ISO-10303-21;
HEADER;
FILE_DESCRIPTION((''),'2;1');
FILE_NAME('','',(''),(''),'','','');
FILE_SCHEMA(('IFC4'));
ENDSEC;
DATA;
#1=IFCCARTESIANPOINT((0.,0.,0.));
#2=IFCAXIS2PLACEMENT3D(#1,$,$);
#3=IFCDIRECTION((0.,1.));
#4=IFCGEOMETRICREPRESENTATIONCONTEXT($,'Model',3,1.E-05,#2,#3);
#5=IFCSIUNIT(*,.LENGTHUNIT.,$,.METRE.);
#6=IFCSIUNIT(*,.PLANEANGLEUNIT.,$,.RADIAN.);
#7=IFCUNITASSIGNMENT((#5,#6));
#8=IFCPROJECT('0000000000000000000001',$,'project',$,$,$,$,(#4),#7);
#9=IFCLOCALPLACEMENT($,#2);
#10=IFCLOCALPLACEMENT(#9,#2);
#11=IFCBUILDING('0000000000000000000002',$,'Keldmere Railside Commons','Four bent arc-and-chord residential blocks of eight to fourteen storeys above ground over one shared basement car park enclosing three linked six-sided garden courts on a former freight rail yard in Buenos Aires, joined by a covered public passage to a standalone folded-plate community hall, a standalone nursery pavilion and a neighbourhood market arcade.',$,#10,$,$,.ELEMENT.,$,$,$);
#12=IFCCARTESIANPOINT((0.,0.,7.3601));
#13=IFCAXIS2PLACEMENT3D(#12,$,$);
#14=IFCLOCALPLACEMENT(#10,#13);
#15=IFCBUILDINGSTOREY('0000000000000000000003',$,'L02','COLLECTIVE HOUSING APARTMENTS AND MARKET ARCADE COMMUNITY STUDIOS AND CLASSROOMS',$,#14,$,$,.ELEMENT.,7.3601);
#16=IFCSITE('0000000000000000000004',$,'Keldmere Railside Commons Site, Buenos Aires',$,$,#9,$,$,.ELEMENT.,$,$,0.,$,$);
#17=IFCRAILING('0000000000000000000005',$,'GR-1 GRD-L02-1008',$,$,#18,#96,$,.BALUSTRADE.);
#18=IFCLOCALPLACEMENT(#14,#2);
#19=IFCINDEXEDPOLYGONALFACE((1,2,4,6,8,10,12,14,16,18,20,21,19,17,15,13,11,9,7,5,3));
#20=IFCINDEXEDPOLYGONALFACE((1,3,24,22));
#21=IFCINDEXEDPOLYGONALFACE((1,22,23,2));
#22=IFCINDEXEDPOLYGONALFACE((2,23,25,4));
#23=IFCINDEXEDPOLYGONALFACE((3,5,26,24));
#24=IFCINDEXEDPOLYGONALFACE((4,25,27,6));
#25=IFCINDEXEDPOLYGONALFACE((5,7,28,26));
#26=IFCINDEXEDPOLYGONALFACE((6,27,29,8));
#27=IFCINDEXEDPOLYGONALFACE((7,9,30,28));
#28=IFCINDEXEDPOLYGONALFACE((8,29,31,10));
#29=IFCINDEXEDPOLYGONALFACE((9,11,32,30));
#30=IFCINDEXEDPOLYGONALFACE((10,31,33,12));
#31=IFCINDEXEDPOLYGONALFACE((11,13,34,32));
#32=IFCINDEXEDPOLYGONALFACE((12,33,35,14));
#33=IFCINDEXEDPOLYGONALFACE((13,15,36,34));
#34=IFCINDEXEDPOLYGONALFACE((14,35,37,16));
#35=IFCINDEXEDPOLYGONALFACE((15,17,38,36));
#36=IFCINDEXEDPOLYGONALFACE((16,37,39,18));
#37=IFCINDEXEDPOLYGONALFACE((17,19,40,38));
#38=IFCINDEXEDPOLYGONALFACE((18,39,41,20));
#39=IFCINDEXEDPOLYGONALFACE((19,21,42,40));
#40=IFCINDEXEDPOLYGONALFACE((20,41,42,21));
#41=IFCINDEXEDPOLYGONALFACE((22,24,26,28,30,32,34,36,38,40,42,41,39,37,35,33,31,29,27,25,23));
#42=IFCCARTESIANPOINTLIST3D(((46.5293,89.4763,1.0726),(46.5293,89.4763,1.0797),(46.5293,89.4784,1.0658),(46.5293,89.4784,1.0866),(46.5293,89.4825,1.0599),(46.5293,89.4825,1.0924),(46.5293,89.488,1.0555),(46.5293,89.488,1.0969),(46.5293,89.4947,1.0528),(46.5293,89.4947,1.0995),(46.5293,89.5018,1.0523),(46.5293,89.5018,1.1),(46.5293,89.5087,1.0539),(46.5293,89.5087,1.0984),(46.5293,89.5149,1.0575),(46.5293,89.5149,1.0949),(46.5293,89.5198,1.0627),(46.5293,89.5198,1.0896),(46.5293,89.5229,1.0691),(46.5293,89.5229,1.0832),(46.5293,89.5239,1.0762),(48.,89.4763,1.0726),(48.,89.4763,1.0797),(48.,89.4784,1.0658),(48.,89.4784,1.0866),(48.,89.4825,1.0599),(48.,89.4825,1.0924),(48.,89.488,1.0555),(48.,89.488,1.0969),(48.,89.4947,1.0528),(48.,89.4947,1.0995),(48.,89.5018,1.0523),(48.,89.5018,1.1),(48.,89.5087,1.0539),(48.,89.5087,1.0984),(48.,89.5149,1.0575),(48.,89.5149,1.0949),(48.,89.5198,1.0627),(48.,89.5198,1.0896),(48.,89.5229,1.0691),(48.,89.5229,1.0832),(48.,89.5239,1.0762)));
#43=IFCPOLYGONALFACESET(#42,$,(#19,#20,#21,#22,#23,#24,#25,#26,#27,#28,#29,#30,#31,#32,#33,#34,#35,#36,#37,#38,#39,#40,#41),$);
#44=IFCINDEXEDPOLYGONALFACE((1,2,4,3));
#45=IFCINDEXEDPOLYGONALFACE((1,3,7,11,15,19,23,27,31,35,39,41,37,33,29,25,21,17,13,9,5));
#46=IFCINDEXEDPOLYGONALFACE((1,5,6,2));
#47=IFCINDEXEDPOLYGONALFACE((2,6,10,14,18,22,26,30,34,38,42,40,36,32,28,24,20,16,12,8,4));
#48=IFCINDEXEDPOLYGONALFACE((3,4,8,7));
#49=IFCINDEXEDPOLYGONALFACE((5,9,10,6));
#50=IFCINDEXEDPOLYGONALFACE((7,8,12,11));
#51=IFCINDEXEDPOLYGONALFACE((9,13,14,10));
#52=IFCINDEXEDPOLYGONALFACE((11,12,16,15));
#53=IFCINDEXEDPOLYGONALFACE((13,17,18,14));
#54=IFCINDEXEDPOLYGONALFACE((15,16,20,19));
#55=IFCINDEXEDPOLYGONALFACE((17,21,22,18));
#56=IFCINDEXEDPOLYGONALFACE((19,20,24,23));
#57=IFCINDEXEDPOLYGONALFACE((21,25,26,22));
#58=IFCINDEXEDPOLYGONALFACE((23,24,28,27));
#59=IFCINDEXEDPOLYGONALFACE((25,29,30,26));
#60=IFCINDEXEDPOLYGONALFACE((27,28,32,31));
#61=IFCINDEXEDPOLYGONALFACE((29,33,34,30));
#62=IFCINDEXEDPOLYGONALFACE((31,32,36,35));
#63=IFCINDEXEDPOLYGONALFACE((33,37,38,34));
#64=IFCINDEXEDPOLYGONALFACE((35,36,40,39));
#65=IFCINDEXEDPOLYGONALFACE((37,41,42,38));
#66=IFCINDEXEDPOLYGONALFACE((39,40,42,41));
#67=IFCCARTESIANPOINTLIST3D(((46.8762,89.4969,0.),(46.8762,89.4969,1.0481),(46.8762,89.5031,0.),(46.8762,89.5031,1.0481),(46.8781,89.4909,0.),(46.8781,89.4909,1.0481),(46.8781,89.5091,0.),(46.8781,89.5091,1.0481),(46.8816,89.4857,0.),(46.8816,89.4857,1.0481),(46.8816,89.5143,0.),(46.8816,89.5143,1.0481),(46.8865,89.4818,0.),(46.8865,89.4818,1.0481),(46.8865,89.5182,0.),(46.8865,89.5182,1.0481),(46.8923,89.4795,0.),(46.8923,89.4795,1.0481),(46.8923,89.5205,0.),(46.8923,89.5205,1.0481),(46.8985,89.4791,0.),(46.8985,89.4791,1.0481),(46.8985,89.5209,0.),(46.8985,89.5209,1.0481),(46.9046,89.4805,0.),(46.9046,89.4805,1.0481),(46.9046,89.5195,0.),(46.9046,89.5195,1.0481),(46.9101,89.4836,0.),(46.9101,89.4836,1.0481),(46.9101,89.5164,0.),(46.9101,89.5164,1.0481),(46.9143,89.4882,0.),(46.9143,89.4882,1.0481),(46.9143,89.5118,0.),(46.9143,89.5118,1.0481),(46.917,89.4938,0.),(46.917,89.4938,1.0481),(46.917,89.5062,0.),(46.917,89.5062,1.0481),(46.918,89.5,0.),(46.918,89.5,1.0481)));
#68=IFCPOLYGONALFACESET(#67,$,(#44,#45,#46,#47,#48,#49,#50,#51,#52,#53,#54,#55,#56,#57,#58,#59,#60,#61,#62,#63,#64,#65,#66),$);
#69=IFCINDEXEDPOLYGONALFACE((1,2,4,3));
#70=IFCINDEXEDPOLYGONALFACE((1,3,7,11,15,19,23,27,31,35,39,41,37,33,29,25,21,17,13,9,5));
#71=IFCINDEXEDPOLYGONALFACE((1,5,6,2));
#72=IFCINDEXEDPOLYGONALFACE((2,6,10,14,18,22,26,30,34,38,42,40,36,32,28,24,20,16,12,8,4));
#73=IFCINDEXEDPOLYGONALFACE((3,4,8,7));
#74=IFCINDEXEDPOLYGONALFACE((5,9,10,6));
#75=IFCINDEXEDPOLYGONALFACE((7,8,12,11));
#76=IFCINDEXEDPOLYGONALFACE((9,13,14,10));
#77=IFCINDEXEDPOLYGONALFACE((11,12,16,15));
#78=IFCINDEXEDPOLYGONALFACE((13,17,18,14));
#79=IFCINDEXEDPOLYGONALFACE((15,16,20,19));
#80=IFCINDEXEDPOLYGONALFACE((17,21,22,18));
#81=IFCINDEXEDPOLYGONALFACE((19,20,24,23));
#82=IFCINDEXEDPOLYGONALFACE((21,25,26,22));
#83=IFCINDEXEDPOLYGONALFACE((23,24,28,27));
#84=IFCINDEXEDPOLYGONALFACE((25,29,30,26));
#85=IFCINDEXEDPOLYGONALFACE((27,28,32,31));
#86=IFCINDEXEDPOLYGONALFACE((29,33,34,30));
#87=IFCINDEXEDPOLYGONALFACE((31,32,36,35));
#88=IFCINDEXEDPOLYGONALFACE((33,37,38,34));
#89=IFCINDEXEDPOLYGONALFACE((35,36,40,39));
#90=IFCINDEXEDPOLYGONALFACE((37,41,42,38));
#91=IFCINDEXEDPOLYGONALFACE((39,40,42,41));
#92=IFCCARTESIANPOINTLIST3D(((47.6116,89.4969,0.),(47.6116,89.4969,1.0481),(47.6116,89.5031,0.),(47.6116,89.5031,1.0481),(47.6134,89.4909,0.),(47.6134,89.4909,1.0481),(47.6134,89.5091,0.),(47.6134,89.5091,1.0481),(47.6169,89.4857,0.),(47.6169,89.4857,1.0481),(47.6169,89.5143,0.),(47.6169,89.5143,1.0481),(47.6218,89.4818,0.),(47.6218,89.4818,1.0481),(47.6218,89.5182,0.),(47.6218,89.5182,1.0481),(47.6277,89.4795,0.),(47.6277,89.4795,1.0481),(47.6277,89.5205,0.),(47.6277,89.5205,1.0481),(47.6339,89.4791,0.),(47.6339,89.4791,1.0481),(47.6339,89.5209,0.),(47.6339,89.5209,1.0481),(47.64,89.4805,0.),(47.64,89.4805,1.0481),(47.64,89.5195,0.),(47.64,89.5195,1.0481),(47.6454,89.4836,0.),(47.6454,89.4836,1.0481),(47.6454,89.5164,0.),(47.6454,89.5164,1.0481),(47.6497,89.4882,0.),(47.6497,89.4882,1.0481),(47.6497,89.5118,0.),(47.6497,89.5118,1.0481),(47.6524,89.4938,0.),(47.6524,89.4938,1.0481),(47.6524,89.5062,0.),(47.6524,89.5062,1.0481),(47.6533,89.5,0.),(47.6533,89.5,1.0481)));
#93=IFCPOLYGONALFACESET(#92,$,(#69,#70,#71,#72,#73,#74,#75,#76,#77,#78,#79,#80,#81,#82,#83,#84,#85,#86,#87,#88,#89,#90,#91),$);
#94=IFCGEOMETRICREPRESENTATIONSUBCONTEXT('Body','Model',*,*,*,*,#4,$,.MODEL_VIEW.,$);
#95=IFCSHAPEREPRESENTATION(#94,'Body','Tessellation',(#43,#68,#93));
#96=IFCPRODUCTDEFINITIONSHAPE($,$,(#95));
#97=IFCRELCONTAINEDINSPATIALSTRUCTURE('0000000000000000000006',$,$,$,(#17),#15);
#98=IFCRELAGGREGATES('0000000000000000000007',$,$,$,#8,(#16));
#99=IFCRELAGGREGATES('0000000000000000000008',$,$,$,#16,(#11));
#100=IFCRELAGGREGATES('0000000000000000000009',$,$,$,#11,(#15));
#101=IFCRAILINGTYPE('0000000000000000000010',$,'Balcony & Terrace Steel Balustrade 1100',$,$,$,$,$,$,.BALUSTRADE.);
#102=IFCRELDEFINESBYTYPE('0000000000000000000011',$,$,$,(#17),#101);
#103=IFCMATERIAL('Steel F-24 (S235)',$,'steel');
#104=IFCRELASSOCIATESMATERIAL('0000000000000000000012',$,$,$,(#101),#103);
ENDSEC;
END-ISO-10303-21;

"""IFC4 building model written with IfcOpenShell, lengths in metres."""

from ifc_helpers import new_model, si_unit, direction, frame, origin, origin_2d, place, context, subcontext, project, spatial, circle, extrude, material, type_object, element, save


model = new_model("IFC4")

# Units and contexts
model_context = context("Model", 3, precision=1e-05, world=origin(), true_north=direction((0.0, 1.0)))
body_context = subcontext(model_context, "Body", "Model", "MODEL_VIEW")
ifc_project = project(units=[si_unit("LENGTHUNIT", "METRE"), si_unit("PLANEANGLEUNIT", "RADIAN")], contexts=[model_context])

# Site, building, storey
site_placement = place(None, origin())
site = spatial("IfcSite", under=ifc_project, at=site_placement, Name="Keldmere Railside Commons Site, Buenos Aires", CompositionType="ELEMENT", RefElevation=0.0)
building_placement = place(site_placement, origin())
building = spatial("IfcBuilding", under=site, at=building_placement, Name="Keldmere Railside Commons", Description="Four bent arc-and-chord residential blocks of eight to fourteen storeys above ground over one shared basement car park enclosing three linked six-sided garden courts on a former freight rail yard in Buenos Aires, joined by a covered public passage to a standalone folded-plate community hall, a standalone nursery pavilion and a neighbourhood market arcade.", CompositionType="ELEMENT")
storey_placement = place(building_placement, frame((0.0, 0.0, 7.3601)))
storey = spatial("IfcBuildingStorey", under=building, at=storey_placement, Name="L02", Description="COLLECTIVE HOUSING APARTMENTS AND MARKET ARCADE COMMUNITY STUDIOS AND CLASSROOMS", CompositionType="ELEMENT", Elevation=7.3601)

# Railing
ifc_material_1 = material(Name="Steel F-24 (S235)", Category="steel")
railing_type = type_object("IfcRailingType", Name="Balcony & Terrace Steel Balustrade 1100", PredefinedType="BALUSTRADE", material=ifc_material_1)
railing_1_placement = place(storey_placement, frame((46.5293, 89.5, 0.0)))
element("IfcRailing", 1, at=railing_1_placement, inside=storey, type_object=railing_type, Name="GR-1 GRD-L02-1008", PredefinedType="BALUSTRADE", context=body_context, shape_type="SweptSolid", body=[
    extrude(circle(Radius=0.0239, at=origin_2d()), frame((0.0, 0.0, 1.0762), z_axis=(1.0, 0.0, 0.0), x_axis=(0.0, 1.0, 0.0)), (0.0, 0.0, 1.0), 1.4707),
    extrude(circle(Radius=0.021, at=origin_2d()), frame((0.3677, 0.0, 0.0)), (0.0, 0.0, 1.0), 1.0481),
    extrude(circle(Radius=0.021, at=origin_2d()), frame((1.103, 0.0, 0.0)), (0.0, 0.0, 1.0), 1.0481),
])

save(model, "model.ifc")
